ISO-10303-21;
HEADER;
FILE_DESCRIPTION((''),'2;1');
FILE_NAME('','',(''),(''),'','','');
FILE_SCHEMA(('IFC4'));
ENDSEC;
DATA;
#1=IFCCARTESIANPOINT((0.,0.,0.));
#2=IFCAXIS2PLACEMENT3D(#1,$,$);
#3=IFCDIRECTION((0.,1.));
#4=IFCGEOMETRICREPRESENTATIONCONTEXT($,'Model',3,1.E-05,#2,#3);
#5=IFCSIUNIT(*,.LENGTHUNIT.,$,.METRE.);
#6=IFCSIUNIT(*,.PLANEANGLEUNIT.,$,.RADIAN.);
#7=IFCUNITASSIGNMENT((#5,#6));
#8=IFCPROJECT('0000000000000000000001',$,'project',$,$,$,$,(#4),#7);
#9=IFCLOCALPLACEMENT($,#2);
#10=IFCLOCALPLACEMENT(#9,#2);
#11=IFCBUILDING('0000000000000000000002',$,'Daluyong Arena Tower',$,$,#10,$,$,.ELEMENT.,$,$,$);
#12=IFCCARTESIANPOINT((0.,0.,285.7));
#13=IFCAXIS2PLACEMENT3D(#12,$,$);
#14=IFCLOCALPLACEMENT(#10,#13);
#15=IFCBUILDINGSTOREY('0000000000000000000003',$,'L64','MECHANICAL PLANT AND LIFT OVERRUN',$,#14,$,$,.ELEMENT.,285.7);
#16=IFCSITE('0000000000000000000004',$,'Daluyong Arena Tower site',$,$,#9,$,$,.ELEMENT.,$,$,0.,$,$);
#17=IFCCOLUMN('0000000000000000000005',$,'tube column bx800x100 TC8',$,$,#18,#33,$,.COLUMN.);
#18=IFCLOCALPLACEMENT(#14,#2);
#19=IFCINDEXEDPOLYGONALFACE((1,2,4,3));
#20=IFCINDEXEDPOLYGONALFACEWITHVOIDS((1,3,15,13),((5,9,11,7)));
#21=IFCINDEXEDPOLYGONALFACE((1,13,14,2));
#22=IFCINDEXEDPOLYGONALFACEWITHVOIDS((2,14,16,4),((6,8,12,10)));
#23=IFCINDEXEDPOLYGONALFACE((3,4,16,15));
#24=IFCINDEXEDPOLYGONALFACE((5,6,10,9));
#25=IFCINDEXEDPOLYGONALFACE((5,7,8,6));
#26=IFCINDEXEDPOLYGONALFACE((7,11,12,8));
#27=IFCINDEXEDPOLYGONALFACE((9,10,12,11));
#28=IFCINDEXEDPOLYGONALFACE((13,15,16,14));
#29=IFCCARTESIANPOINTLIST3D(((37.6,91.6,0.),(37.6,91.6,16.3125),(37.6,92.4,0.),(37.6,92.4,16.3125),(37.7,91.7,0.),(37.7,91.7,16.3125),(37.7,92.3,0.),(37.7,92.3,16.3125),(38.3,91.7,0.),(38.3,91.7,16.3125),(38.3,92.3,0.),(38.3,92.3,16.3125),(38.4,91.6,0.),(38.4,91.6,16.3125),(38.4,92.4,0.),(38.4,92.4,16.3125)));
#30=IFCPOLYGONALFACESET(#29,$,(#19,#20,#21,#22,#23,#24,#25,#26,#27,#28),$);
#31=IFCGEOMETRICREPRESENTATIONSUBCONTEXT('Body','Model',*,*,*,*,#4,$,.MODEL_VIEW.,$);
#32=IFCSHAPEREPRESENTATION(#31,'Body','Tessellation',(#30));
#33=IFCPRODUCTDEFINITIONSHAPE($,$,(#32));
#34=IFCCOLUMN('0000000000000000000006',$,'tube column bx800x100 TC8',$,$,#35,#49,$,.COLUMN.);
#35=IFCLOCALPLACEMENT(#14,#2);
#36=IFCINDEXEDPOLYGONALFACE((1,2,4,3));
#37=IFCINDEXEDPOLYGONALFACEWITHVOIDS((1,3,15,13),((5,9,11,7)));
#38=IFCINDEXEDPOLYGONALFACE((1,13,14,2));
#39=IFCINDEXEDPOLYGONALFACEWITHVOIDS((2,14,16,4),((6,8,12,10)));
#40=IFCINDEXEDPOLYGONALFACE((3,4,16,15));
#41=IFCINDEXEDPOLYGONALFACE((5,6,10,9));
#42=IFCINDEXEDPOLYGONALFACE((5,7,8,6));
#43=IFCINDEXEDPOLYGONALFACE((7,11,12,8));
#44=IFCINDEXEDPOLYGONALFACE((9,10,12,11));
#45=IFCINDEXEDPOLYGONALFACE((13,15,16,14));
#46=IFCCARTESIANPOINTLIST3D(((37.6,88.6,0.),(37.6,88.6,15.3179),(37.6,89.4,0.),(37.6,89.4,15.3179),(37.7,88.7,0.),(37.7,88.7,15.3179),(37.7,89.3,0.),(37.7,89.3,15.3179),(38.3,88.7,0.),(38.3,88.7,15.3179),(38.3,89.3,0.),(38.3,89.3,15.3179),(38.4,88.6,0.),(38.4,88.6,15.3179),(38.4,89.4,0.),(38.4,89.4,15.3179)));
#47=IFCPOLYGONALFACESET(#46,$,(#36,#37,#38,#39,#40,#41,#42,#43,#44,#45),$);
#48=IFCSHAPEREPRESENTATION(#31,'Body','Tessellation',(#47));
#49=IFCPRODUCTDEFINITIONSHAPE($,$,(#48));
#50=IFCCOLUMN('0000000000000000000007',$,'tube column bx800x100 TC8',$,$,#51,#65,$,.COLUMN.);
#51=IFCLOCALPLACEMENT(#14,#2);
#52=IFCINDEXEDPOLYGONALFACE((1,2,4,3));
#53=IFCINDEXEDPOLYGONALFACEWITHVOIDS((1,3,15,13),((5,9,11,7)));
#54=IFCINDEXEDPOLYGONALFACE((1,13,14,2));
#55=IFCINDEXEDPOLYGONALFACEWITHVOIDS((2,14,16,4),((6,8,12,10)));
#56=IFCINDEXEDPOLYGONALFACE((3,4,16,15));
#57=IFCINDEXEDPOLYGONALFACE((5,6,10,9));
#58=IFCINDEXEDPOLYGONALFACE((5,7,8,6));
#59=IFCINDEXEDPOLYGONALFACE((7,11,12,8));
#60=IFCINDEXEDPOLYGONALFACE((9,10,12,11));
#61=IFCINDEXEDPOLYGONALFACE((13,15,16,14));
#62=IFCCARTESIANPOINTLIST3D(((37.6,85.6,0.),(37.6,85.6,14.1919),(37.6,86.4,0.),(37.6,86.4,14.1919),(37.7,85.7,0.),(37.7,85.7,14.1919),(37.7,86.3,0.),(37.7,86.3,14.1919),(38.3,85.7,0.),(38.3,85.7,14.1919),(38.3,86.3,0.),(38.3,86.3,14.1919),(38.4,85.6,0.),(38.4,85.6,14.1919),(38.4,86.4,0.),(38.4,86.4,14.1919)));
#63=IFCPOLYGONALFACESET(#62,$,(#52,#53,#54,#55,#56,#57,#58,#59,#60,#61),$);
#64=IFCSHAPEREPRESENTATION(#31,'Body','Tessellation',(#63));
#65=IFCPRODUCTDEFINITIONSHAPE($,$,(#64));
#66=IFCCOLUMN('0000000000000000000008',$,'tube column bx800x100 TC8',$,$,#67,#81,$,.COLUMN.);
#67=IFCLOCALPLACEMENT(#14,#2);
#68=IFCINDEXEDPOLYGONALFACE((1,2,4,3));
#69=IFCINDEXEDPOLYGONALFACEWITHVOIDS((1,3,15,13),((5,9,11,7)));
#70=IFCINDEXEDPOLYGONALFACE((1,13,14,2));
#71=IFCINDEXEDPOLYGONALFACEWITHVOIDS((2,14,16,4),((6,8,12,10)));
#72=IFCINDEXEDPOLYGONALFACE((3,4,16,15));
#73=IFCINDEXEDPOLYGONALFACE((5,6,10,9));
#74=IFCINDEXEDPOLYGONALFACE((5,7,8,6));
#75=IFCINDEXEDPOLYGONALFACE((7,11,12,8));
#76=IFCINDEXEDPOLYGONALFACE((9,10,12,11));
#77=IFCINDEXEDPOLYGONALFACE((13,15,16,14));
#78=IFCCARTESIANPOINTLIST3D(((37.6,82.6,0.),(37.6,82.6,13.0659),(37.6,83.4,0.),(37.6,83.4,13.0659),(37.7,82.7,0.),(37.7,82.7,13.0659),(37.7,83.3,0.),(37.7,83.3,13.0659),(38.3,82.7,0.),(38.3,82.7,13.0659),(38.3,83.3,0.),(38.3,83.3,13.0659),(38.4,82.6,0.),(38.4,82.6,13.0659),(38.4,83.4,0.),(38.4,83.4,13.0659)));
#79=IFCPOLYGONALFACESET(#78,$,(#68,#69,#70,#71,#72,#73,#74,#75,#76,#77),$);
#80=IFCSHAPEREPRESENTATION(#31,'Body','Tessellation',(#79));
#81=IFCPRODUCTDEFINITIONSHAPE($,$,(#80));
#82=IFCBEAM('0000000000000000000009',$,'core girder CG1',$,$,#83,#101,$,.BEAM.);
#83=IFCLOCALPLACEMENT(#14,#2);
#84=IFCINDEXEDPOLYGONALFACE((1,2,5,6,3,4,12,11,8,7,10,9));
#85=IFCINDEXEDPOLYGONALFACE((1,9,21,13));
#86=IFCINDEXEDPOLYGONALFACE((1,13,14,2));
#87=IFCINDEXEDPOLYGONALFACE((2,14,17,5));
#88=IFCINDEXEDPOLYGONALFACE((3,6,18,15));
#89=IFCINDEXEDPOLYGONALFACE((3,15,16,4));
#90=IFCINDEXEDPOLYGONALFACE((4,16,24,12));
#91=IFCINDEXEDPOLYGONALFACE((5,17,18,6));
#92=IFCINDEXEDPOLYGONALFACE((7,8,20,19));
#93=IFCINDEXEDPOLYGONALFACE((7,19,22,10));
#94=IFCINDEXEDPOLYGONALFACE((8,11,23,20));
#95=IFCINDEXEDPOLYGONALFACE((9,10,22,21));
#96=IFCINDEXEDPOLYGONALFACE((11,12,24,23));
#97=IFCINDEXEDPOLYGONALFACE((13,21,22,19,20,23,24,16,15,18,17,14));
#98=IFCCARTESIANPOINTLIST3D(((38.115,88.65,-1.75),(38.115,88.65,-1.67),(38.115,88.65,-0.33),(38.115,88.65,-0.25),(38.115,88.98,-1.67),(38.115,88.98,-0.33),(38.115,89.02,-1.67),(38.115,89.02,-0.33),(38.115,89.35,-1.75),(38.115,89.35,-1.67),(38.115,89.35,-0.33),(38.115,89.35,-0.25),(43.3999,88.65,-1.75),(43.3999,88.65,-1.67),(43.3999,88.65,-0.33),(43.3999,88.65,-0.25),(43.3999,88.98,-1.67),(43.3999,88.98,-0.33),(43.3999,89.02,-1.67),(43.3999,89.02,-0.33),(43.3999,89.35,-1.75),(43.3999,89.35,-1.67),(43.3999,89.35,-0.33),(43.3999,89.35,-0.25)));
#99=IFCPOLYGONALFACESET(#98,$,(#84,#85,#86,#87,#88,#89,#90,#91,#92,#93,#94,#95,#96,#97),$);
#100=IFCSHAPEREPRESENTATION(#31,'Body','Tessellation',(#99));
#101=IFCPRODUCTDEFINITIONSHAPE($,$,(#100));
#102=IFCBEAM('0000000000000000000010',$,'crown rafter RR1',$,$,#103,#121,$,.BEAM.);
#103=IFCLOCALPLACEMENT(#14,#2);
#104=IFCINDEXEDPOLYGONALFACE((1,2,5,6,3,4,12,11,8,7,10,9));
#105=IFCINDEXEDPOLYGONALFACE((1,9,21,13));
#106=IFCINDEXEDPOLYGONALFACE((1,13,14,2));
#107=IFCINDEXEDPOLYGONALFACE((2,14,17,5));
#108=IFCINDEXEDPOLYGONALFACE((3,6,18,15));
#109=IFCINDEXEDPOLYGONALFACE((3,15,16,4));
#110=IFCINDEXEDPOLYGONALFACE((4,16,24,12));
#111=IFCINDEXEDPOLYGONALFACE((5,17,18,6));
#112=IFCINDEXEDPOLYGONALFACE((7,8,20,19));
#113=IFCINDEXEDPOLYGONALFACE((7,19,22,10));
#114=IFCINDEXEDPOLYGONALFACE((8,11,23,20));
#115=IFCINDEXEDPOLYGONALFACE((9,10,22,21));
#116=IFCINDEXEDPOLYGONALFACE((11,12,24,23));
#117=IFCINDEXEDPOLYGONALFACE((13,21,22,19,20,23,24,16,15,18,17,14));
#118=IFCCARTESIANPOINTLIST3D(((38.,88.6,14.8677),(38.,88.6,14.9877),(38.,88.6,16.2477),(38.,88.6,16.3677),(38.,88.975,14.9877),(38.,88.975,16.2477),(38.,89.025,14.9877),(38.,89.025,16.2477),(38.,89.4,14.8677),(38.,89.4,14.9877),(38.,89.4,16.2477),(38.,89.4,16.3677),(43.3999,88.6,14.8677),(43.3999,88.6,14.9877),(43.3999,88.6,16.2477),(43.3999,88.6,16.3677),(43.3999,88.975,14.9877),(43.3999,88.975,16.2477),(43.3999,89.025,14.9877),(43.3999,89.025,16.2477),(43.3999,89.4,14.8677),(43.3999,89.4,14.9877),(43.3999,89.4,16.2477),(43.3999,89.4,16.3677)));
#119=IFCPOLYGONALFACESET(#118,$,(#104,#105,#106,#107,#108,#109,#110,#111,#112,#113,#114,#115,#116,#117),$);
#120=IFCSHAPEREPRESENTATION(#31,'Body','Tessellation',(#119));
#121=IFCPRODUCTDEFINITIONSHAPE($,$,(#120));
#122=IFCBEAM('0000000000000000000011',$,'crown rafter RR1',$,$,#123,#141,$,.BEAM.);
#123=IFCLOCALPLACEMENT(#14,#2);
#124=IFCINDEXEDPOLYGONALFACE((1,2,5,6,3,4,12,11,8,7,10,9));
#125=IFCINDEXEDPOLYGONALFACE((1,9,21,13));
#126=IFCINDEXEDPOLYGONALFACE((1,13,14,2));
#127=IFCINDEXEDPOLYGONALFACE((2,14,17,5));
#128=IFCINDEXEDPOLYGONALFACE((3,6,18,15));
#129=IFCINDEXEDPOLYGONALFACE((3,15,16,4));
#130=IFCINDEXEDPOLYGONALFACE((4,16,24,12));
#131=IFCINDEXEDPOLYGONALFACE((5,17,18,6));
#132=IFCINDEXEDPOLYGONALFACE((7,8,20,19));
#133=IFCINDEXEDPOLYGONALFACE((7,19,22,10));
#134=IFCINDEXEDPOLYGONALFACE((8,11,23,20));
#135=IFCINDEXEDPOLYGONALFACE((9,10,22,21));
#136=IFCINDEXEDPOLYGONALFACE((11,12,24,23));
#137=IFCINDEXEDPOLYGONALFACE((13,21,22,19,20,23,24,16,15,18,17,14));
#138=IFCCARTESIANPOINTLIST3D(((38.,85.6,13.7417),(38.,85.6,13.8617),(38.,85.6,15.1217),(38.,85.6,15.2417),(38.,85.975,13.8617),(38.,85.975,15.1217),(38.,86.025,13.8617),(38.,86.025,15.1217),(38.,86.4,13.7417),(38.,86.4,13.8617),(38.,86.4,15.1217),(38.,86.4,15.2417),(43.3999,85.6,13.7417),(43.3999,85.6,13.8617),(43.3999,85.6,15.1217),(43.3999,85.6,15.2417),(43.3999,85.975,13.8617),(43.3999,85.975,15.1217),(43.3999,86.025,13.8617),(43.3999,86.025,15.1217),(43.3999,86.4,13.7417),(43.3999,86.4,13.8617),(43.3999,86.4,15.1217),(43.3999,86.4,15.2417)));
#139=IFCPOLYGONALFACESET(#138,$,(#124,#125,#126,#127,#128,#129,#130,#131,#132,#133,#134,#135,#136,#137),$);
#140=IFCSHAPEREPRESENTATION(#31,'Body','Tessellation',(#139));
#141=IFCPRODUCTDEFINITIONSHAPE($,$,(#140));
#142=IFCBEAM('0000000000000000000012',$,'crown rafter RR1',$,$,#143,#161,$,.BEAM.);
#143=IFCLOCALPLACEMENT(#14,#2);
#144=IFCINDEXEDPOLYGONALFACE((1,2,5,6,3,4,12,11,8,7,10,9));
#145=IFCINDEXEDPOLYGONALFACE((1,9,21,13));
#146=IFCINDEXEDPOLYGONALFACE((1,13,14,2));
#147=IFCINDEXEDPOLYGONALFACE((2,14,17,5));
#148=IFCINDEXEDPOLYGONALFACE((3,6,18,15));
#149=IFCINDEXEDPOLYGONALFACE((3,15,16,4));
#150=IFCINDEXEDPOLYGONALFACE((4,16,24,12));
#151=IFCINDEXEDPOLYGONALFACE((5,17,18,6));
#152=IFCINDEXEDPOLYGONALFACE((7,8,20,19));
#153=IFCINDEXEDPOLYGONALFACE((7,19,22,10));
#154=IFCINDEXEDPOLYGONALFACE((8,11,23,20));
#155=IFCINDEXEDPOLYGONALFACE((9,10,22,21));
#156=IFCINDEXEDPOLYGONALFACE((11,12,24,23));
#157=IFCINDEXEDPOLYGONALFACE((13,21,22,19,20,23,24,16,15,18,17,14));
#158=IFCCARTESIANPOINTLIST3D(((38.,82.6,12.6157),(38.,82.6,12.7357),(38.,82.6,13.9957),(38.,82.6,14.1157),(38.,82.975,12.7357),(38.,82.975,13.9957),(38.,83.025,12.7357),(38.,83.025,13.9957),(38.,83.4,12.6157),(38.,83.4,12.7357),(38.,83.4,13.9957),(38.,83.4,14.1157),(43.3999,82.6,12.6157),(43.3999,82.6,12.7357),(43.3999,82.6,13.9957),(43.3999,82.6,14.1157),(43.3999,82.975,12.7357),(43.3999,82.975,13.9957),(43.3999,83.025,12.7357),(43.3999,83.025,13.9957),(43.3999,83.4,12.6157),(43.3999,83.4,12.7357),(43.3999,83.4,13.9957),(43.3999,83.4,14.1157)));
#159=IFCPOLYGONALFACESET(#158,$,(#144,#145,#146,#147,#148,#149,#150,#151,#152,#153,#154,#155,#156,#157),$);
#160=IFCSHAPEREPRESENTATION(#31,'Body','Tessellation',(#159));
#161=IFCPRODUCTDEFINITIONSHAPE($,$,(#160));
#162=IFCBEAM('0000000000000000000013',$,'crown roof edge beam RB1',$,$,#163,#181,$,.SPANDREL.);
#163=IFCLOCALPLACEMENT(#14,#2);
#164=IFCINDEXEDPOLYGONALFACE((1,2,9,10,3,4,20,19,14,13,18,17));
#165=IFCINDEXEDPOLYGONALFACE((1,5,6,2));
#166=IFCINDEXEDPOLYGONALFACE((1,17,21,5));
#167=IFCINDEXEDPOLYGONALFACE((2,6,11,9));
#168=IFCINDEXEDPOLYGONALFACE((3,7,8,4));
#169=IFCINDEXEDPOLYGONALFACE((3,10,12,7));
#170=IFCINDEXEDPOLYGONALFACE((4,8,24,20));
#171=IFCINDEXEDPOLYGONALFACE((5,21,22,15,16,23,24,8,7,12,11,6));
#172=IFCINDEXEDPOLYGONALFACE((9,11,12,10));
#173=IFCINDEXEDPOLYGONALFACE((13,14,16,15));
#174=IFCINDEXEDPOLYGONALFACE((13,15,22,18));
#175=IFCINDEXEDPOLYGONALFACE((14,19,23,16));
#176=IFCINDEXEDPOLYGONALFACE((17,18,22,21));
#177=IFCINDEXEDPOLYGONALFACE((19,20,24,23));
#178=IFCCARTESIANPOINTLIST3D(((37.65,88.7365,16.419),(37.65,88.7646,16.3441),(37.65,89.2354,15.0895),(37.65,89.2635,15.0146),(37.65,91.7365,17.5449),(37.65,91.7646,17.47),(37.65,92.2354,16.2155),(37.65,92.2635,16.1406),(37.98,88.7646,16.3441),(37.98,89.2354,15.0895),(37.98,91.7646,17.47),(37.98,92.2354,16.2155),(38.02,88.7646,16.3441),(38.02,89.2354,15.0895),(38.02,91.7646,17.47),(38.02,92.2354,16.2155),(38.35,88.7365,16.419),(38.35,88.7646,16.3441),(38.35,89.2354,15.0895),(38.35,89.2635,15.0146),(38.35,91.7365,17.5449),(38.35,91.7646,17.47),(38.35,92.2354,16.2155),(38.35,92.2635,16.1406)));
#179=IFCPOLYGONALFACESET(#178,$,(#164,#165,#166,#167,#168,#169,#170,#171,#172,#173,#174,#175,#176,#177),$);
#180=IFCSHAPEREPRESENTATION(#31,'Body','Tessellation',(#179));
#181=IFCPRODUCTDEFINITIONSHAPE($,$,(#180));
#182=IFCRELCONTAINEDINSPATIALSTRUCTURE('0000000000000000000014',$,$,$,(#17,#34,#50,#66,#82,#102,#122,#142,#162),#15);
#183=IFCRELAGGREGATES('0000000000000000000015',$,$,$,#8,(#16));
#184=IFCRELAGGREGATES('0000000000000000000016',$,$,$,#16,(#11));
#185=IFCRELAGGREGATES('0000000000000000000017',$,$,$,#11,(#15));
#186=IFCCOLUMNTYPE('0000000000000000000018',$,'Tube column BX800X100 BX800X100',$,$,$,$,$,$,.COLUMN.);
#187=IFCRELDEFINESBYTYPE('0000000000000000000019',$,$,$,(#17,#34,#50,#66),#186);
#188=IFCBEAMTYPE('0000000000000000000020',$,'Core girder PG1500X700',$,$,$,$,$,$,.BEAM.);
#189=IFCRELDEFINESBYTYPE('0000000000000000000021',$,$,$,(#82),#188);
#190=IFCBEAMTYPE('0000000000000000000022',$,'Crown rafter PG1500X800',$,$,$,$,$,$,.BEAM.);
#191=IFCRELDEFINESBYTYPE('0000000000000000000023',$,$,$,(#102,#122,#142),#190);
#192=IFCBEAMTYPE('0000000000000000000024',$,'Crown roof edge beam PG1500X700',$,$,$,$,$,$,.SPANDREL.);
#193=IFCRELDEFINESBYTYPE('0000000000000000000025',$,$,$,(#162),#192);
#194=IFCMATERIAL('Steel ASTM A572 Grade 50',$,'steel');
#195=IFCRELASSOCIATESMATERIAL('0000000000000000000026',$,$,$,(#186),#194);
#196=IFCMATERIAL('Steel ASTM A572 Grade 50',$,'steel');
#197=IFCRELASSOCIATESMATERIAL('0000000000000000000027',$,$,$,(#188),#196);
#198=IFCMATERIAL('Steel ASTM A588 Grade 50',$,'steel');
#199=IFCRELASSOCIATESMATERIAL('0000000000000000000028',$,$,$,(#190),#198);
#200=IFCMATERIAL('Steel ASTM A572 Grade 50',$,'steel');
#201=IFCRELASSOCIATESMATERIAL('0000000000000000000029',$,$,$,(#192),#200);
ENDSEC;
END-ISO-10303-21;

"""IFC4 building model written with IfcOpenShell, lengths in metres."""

from ifc_helpers import new_model, si_unit, direction, frame, origin, origin_2d, place, context, subcontext, project, spatial, hollow_rectangle, i_section, extrude, material, material_profile, profile_set, type_object, element, save


model = new_model("IFC4")

# Units and contexts
model_context = context("Model", 3, precision=1e-05, world=origin(), true_north=direction((0.0, 1.0)))
body_context = subcontext(model_context, "Body", "Model", "MODEL_VIEW")
ifc_project = project(units=[si_unit("LENGTHUNIT", "METRE"), si_unit("PLANEANGLEUNIT", "RADIAN")], contexts=[model_context])

# Site, building, storey
site_placement = place(None, origin())
site = spatial("IfcSite", under=ifc_project, at=site_placement, Name="Daluyong Arena Tower site", CompositionType="ELEMENT", RefElevation=0.0)
building_placement = place(site_placement, origin())
building = spatial("IfcBuilding", under=site, at=building_placement, Name="Daluyong Arena Tower", CompositionType="ELEMENT")
storey_placement = place(building_placement, frame((0.0, 0.0, 285.7)))
storey = spatial("IfcBuildingStorey", under=building, at=storey_placement, Name="L64", Description="MECHANICAL PLANT AND LIFT OVERRUN", CompositionType="ELEMENT", Elevation=285.7)

# Columns
ifc_material_1 = material(Name="Steel ASTM A572 Grade 50", Category="steel")
ifc_material_profile_1 = material_profile(ifc_material_1, hollow_rectangle(XDim=0.8, YDim=0.8, WallThickness=0.1, at=origin_2d()))
ifc_profile_set_1 = profile_set([ifc_material_profile_1], Name="Steel ASTM A572 Grade 50")
column_type = type_object("IfcColumnType", Name="Tube column BX800X100 BX800X100", PredefinedType="COLUMN", material=ifc_profile_set_1)
column_1_placement = place(storey_placement, frame((38.0, 92.0, 0.0), z_axis=(0.0, 0.0, 1.0), x_axis=(0.0, 1.0, 0.0)))
element("IfcColumn", 1, at=column_1_placement, inside=storey, type_object=column_type, Name="tube column bx800x100 TC8", PredefinedType="COLUMN", context=body_context, shape_type="SweptSolid", body=[
    extrude(hollow_rectangle(XDim=0.8, YDim=0.8, WallThickness=0.1, at=origin_2d()), origin(), (0.0, 0.0, 1.0), 16.3125),
])
column_2_placement = place(storey_placement, frame((38.0, 89.0, 0.0), z_axis=(0.0, 0.0, 1.0), x_axis=(0.0, 1.0, 0.0)))
element("IfcColumn", 2, at=column_2_placement, inside=storey, type_object=column_type, Name="tube column bx800x100 TC8", PredefinedType="COLUMN", context=body_context, shape_type="SweptSolid", body=[
    extrude(hollow_rectangle(XDim=0.8, YDim=0.8, WallThickness=0.1, at=origin_2d()), origin(), (0.0, 0.0, 1.0), 15.3179),
])
column_3_placement = place(storey_placement, frame((38.0, 86.0, 0.0), z_axis=(0.0, 0.0, 1.0), x_axis=(0.0, 1.0, 0.0)))
element("IfcColumn", 3, at=column_3_placement, inside=storey, type_object=column_type, Name="tube column bx800x100 TC8", PredefinedType="COLUMN", context=body_context, shape_type="SweptSolid", body=[
    extrude(hollow_rectangle(XDim=0.8, YDim=0.8, WallThickness=0.1, at=origin_2d()), origin(), (0.0, 0.0, 1.0), 14.1919),
])
column_4_placement = place(storey_placement, frame((38.0, 83.0, 0.0), z_axis=(0.0, 0.0, 1.0), x_axis=(0.0, 1.0, 0.0)))
element("IfcColumn", 4, at=column_4_placement, inside=storey, type_object=column_type, Name="tube column bx800x100 TC8", PredefinedType="COLUMN", context=body_context, shape_type="SweptSolid", body=[
    extrude(hollow_rectangle(XDim=0.8, YDim=0.8, WallThickness=0.1, at=origin_2d()), origin(), (0.0, 0.0, 1.0), 13.0659),
])

# Beams
ifc_material_2 = material(Name="Steel ASTM A572 Grade 50", Category="steel")
ifc_material_profile_2 = material_profile(ifc_material_2, i_section(OverallWidth=0.7, OverallDepth=1.5, WebThickness=0.04, FlangeThickness=0.08, at=origin_2d()))
ifc_profile_set_2 = profile_set([ifc_material_profile_2], Name="Steel ASTM A572 Grade 50")
beam_type_1 = type_object("IfcBeamType", Name="Core girder PG1500X700", PredefinedType="BEAM", material=ifc_profile_set_2)
beam_placement = place(storey_placement, frame((38.115, 89.0, -1.0), z_axis=(1.0, 0.0, 0.0), x_axis=(0.0, 1.0, 0.0)))
element("IfcBeam", 5, at=beam_placement, inside=storey, type_object=beam_type_1, Name="core girder CG1", PredefinedType="BEAM", context=body_context, shape_type="SweptSolid", body=[
    extrude(i_section(OverallWidth=0.7, OverallDepth=1.5, WebThickness=0.04, FlangeThickness=0.08, at=origin_2d()), origin(), (0.0, 0.0, 1.0), 5.2849),
])
ifc_material_3 = material(Name="Steel ASTM A588 Grade 50", Category="steel")
ifc_material_profile_3 = material_profile(ifc_material_3, i_section(OverallWidth=0.8, OverallDepth=1.5, WebThickness=0.05, FlangeThickness=0.12, at=origin_2d()))
ifc_profile_set_3 = profile_set([ifc_material_profile_3], Name="Steel ASTM A588 Grade 50")
beam_type_2 = type_object("IfcBeamType", Name="Crown rafter PG1500X800", PredefinedType="BEAM", material=ifc_profile_set_3)
for number, where, z_axis, x_axis, name in (
    (6, (38.0, 89.0, 15.6177), (1.0, 0.0, 0.0), (0.0, 1.0, 0.0), "crown rafter RR1"),
    (7, (38.0, 86.0, 14.4917), (1.0, 0.0, 0.0), (0.0, 1.0, 0.0), "crown rafter RR1"),
    (8, (38.0, 83.0, 13.3657), (1.0, 0.0, 0.0), (0.0, 1.0, 0.0), "crown rafter RR1"),
):
    element("IfcBeam", number, at=place(storey_placement, frame(where, z_axis=z_axis, x_axis=x_axis)), inside=storey, type_object=beam_type_2, Name=name, PredefinedType="BEAM", context=body_context, shape_type="SweptSolid", body=[
        extrude(i_section(OverallWidth=0.8, OverallDepth=1.5, WebThickness=0.05, FlangeThickness=0.12, at=origin_2d()), origin(), (0.0, 0.0, 1.0), 5.3999),
    ])
ifc_material_4 = material(Name="Steel ASTM A572 Grade 50", Category="steel")
ifc_material_profile_4 = material_profile(ifc_material_4, i_section(OverallWidth=0.7, OverallDepth=1.5, WebThickness=0.04, FlangeThickness=0.08, at=origin_2d()))
ifc_profile_set_4 = profile_set([ifc_material_profile_4], Name="Steel ASTM A572 Grade 50")
beam_type_3 = type_object("IfcBeamType", Name="Crown roof edge beam PG1500X700", PredefinedType="SPANDREL", material=ifc_profile_set_4)
for number, where, z_axis, x_axis, name in (
    (9, (38.0, 92.0, 16.8428), (0.0, -0.936229, -0.351391), (1.0, 0.0, 0.0), "crown roof edge beam RB1"),
):
    element("IfcBeam", number, at=place(storey_placement, frame(where, z_axis=z_axis, x_axis=x_axis)), inside=storey, type_object=beam_type_3, Name=name, PredefinedType="SPANDREL", context=body_context, shape_type="SweptSolid", body=[
        extrude(i_section(OverallWidth=0.7, OverallDepth=1.5, WebThickness=0.04, FlangeThickness=0.08, at=origin_2d()), origin(), (0.0, 0.0, 1.0), 3.2043),
    ])

save(model, "model.ifc")
